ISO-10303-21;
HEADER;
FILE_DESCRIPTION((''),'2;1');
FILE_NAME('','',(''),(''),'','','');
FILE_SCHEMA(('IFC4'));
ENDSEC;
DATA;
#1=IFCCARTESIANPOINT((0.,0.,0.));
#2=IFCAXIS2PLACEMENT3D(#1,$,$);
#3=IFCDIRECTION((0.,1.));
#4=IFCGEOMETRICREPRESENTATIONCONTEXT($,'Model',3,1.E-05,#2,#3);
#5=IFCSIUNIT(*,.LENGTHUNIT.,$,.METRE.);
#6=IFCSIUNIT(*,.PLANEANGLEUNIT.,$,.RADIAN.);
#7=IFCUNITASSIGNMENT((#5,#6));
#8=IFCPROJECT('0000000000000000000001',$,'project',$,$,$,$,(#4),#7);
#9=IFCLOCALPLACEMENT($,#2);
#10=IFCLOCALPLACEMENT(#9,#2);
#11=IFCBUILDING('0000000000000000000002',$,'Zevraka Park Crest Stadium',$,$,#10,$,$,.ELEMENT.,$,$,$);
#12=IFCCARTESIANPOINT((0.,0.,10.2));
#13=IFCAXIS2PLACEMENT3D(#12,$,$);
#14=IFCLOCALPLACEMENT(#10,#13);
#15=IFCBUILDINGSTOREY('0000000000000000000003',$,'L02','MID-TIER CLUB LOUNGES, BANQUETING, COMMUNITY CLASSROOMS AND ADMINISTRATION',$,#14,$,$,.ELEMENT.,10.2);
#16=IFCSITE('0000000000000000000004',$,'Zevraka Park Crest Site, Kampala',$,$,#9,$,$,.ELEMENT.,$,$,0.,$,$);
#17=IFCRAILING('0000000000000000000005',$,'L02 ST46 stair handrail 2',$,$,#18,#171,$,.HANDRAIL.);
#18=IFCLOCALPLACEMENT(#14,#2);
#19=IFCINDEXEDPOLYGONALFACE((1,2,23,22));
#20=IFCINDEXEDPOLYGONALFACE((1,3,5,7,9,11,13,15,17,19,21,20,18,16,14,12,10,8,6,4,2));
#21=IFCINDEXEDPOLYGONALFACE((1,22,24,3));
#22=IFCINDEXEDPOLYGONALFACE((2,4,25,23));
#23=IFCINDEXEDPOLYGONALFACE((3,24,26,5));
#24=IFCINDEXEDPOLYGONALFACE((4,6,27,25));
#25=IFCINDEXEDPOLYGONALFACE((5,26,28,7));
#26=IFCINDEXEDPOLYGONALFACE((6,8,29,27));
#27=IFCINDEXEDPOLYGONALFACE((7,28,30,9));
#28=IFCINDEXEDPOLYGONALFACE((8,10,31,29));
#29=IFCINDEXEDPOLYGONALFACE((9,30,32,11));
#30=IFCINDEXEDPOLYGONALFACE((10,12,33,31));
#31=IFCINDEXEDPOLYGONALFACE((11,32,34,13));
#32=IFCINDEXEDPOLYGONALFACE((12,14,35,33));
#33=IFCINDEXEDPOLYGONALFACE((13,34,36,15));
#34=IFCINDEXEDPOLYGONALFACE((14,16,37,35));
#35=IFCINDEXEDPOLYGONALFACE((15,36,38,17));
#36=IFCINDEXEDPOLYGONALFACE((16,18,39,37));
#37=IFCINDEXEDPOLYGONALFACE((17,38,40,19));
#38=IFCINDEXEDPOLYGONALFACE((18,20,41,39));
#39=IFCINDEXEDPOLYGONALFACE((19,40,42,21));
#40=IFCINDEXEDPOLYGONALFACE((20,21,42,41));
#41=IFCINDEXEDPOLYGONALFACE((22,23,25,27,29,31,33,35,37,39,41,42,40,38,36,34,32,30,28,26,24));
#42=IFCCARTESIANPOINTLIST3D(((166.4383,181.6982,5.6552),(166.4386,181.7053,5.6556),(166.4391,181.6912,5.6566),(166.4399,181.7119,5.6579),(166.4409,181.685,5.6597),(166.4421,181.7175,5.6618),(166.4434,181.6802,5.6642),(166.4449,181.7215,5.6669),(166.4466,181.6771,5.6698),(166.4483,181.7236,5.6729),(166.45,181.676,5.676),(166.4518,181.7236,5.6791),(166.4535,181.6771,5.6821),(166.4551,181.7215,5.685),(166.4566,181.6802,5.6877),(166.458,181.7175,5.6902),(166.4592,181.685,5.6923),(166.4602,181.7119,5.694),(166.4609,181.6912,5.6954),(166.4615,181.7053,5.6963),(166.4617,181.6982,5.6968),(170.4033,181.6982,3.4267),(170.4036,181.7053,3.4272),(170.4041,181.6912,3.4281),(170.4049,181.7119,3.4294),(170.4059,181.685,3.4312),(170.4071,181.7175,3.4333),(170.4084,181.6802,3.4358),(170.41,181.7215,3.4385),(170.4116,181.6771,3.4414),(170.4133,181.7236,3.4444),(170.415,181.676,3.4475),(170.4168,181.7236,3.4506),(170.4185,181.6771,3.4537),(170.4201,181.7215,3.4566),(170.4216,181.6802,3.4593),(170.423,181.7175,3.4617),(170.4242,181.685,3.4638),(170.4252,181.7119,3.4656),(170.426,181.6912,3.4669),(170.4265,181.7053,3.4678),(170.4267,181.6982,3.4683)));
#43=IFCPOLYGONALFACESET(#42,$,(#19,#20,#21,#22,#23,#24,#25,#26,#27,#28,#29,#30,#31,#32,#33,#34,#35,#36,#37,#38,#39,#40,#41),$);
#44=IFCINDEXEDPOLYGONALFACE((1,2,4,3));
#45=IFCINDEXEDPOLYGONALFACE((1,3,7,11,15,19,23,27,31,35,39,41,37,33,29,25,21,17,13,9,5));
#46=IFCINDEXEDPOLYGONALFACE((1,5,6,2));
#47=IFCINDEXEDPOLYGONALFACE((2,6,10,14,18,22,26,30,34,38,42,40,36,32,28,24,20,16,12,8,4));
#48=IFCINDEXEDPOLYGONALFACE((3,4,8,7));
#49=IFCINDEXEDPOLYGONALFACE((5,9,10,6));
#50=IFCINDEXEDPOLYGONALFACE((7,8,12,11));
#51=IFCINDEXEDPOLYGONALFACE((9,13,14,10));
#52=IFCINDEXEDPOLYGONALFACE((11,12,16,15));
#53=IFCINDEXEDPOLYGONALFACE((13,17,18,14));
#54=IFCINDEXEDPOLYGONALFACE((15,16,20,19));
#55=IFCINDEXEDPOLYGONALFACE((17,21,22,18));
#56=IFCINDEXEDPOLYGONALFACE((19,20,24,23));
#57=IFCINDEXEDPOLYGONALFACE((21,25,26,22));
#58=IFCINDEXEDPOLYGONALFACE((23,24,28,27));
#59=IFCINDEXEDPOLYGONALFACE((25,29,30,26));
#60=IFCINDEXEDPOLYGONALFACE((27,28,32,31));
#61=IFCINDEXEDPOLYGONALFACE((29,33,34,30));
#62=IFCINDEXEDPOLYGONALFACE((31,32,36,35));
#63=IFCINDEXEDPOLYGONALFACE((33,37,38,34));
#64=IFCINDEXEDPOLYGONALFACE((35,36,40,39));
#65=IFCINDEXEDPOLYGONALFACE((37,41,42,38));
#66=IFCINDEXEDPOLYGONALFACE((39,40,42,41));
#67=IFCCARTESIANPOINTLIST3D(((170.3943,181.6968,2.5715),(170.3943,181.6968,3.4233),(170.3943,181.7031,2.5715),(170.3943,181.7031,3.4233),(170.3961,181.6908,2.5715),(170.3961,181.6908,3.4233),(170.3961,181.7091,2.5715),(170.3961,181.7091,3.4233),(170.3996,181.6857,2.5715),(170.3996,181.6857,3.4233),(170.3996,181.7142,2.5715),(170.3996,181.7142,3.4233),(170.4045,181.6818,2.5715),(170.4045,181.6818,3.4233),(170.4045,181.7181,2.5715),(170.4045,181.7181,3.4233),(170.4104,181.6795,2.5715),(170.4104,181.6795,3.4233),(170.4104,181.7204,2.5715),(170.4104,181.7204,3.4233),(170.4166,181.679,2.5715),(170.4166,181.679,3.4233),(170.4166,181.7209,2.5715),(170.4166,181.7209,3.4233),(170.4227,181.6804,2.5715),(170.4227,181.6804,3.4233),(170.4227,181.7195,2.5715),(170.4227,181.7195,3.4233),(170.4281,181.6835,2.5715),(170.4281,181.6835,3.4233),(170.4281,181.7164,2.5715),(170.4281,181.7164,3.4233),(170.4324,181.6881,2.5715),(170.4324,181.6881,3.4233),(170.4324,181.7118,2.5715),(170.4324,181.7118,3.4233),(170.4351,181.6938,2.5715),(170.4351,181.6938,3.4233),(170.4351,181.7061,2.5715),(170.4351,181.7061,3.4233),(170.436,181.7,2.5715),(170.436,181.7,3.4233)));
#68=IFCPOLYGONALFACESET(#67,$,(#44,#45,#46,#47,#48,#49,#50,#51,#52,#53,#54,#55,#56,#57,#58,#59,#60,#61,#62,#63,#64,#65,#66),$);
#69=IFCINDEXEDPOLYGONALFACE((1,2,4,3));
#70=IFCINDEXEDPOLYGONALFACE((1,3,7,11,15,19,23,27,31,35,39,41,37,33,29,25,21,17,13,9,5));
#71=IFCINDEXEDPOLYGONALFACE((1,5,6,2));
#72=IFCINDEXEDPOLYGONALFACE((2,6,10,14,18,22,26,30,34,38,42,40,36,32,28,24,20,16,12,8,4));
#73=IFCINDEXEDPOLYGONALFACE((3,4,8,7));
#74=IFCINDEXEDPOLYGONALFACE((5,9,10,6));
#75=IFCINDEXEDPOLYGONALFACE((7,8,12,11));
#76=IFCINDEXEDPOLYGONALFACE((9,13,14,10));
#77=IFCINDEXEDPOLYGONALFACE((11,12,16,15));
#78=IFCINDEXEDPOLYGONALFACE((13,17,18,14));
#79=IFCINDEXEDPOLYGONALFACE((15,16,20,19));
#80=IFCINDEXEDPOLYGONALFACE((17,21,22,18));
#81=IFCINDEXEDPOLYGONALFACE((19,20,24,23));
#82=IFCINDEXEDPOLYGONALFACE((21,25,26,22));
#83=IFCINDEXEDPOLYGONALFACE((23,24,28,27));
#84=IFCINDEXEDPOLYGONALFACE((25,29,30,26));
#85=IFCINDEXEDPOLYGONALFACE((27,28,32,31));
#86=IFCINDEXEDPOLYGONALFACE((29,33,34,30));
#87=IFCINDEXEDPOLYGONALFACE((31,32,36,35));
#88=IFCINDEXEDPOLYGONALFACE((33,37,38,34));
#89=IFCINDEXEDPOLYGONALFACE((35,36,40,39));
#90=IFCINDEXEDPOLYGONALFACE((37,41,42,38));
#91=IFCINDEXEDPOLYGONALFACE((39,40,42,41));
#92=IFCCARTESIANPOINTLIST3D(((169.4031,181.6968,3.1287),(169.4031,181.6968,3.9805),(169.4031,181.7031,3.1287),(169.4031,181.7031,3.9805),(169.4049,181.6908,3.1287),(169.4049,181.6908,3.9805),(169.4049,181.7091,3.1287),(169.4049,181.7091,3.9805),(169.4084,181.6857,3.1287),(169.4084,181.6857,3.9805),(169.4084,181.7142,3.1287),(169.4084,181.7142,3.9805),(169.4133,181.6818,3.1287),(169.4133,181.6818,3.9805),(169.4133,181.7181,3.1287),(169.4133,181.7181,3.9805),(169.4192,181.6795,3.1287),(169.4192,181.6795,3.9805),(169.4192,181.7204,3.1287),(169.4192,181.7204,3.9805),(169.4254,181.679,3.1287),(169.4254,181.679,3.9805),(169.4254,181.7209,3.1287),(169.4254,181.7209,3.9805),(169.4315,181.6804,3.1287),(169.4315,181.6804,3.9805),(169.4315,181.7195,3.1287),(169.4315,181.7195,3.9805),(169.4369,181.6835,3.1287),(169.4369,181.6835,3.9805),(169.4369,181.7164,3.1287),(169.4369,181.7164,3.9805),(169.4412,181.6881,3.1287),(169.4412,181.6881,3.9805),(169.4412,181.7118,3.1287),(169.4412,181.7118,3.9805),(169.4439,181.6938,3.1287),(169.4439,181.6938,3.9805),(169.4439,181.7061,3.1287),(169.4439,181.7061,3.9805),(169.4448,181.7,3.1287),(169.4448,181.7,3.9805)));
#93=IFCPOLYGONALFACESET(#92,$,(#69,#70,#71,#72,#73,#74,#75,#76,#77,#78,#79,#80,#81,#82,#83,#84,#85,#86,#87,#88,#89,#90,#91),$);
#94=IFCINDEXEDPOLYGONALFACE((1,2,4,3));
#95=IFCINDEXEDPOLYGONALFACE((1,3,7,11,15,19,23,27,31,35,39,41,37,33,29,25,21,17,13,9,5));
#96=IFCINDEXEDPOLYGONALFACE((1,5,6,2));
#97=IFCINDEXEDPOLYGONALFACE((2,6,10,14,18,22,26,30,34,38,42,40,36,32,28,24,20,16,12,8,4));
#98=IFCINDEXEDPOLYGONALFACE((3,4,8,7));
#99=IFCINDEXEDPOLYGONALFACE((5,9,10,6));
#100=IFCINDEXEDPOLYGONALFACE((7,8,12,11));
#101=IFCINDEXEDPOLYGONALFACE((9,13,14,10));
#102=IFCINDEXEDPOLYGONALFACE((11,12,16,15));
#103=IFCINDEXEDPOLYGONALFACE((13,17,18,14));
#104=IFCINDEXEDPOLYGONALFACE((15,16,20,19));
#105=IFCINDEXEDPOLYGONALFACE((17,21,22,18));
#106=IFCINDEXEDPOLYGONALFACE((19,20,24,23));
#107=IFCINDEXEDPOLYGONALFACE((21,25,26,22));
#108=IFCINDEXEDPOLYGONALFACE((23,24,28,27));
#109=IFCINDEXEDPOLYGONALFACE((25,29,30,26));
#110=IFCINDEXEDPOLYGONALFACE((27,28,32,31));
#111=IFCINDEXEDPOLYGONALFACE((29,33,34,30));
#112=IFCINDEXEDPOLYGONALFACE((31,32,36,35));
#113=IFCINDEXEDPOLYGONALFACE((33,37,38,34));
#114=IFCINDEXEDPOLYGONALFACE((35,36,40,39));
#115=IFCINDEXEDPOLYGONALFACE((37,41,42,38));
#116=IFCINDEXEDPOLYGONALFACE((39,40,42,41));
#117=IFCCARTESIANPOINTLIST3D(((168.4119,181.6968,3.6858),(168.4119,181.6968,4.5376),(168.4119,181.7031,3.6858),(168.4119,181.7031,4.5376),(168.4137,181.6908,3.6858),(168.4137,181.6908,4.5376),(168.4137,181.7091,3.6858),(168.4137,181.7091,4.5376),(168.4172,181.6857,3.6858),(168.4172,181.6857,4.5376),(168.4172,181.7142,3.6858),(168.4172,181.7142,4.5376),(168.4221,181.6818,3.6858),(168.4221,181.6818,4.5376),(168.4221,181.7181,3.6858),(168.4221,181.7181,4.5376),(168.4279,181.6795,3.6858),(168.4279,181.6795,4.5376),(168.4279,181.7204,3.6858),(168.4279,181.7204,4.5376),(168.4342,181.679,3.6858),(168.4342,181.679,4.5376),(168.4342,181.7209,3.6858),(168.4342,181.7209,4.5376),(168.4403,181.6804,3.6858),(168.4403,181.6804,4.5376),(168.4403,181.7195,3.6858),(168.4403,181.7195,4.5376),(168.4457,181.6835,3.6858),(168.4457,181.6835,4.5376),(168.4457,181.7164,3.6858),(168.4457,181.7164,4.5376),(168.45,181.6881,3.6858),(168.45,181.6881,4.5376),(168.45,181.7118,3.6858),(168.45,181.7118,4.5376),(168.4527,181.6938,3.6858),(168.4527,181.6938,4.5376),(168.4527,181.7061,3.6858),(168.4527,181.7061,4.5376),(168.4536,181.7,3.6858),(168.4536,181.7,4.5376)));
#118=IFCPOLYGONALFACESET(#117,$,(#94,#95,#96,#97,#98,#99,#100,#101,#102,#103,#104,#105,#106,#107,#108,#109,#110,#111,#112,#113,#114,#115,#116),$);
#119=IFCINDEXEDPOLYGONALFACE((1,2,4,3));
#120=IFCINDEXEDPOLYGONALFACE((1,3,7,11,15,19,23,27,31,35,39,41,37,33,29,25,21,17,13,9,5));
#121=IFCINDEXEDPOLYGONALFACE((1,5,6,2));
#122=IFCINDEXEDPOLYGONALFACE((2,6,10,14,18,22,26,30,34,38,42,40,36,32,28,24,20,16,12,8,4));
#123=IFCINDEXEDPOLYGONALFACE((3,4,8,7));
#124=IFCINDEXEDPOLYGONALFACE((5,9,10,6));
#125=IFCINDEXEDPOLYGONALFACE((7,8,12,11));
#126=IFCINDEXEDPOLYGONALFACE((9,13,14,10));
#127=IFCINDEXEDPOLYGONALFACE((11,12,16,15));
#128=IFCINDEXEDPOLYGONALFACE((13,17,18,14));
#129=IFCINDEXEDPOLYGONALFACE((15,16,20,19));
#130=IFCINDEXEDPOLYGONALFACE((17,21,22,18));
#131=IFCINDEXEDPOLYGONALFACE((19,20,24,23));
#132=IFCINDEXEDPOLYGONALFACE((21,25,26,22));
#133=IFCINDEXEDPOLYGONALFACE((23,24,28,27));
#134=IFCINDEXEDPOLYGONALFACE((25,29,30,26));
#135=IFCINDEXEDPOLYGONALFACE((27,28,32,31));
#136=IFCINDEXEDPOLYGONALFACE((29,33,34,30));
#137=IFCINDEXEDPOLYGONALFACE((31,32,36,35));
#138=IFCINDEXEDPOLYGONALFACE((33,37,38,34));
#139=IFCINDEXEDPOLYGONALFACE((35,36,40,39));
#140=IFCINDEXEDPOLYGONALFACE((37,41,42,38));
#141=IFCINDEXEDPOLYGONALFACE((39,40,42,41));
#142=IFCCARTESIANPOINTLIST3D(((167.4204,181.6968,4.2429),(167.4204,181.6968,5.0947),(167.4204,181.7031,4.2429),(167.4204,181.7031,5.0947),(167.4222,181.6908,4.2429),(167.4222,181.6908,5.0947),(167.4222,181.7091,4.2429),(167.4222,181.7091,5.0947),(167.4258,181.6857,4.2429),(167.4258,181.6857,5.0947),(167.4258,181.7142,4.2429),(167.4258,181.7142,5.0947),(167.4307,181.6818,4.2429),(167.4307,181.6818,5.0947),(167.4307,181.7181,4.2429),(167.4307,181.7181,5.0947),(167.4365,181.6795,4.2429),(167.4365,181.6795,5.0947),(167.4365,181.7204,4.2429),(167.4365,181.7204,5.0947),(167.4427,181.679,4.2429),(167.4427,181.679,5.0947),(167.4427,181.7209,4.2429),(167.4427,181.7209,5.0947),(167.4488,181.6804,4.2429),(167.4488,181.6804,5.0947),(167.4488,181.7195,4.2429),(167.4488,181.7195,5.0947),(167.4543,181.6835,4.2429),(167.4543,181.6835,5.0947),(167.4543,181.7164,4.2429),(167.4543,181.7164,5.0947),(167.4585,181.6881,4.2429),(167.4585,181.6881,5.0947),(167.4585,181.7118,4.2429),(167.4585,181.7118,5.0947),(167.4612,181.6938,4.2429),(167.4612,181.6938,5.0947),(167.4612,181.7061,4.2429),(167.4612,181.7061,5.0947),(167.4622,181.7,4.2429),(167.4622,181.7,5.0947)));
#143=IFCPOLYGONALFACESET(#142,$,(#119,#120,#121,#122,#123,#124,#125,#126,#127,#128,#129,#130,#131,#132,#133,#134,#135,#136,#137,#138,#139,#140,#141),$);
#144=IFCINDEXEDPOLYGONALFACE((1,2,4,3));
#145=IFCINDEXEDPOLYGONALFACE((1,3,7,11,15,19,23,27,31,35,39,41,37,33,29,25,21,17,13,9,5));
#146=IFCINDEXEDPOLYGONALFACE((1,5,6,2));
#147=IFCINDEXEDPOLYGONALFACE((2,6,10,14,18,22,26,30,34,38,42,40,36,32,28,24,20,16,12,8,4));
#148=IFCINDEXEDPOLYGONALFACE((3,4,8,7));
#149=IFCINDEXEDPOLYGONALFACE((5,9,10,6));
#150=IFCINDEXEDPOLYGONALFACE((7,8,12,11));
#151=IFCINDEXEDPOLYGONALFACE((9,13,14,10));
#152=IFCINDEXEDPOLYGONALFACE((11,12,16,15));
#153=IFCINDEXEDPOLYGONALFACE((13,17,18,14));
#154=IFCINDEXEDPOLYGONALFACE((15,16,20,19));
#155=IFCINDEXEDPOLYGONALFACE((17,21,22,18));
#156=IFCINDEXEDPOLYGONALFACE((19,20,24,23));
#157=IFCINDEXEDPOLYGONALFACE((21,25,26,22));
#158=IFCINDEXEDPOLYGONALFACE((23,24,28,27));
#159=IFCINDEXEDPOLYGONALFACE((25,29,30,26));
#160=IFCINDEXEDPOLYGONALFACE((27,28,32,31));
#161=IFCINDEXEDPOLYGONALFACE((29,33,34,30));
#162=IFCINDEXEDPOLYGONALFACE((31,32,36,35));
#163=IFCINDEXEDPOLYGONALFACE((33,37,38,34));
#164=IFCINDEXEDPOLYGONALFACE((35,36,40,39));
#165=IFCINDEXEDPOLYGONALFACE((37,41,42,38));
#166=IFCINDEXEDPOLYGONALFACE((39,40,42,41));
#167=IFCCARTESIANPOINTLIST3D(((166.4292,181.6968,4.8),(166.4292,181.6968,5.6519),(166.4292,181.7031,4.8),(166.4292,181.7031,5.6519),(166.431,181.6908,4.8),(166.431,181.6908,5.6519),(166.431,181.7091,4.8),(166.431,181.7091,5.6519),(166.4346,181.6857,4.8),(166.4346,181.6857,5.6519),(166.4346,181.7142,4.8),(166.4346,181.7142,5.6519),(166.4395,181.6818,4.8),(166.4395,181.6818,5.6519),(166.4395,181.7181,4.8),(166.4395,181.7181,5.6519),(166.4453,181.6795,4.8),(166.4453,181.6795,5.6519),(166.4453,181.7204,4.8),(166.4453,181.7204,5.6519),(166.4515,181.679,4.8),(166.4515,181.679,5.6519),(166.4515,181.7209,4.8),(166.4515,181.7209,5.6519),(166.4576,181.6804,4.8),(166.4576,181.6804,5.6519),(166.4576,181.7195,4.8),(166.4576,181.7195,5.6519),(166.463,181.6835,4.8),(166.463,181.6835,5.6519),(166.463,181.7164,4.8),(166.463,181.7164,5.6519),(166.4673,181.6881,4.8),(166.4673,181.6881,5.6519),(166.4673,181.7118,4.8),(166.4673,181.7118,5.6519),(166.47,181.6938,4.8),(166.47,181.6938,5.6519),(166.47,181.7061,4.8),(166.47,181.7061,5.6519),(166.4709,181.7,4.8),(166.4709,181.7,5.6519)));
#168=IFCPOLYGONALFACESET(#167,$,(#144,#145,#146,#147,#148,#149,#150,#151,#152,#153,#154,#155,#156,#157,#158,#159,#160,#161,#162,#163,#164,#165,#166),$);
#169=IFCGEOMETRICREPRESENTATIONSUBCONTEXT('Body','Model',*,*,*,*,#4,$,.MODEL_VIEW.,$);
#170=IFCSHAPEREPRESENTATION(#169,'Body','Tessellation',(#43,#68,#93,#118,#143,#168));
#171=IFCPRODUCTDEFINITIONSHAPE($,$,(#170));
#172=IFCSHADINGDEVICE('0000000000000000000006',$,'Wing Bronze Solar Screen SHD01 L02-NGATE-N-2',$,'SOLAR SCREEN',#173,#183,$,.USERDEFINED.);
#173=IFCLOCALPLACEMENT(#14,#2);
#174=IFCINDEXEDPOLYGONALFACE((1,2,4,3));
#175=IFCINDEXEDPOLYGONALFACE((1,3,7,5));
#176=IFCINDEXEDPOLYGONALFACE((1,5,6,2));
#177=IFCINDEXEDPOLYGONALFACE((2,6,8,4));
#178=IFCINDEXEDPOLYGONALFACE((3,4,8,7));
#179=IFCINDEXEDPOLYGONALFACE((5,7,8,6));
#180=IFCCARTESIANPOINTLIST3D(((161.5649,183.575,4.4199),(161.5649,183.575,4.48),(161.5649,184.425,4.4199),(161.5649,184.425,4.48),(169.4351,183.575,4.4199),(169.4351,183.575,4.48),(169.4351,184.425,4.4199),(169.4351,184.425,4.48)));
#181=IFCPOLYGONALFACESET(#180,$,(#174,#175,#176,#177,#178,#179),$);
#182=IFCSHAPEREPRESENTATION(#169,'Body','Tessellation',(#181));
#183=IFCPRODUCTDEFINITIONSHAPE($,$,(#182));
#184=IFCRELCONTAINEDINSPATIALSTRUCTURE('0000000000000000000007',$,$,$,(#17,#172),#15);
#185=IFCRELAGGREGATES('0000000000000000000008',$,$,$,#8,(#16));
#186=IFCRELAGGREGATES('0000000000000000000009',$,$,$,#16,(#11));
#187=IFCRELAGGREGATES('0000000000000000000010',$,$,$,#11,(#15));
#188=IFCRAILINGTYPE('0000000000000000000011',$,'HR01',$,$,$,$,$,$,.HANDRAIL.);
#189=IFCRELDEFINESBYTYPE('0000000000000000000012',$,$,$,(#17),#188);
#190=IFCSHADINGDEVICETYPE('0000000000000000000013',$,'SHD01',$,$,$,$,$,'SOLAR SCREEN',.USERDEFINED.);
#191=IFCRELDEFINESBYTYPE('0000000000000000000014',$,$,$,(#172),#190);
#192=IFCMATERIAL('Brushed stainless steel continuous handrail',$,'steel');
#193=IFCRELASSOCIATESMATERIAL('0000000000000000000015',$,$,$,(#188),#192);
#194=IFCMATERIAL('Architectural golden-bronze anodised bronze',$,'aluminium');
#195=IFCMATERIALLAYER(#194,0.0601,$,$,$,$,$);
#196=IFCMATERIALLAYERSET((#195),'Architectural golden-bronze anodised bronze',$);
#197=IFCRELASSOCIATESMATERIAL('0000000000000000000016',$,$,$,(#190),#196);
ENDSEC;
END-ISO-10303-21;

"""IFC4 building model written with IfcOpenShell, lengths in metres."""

from ifc_helpers import new_model, si_unit, direction, frame, origin, origin_2d, place, context, subcontext, project, spatial, rectangle, circle, extrude, material, layer, layer_set, type_object, element, save


model = new_model("IFC4")

# Units and contexts
model_context = context("Model", 3, precision=1e-05, world=origin(), true_north=direction((0.0, 1.0)))
body_context = subcontext(model_context, "Body", "Model", "MODEL_VIEW")
ifc_project = project(units=[si_unit("LENGTHUNIT", "METRE"), si_unit("PLANEANGLEUNIT", "RADIAN")], contexts=[model_context])

# Site, building, storey
site_placement = place(None, origin())
site = spatial("IfcSite", under=ifc_project, at=site_placement, Name="Zevraka Park Crest Site, Kampala", CompositionType="ELEMENT", RefElevation=0.0)
building_placement = place(site_placement, origin())
building = spatial("IfcBuilding", under=site, at=building_placement, Name="Zevraka Park Crest Stadium", CompositionType="ELEMENT")
storey_placement = place(building_placement, frame((0.0, 0.0, 10.2)))
storey = spatial("IfcBuildingStorey", under=building, at=storey_placement, Name="L02", Description="MID-TIER CLUB LOUNGES, BANQUETING, COMMUNITY CLASSROOMS AND ADMINISTRATION", CompositionType="ELEMENT", Elevation=10.2)

# Railing
ifc_material_1 = material(Name="Brushed stainless steel continuous handrail", Category="steel")
railing_type = type_object("IfcRailingType", Name="HR01", PredefinedType="HANDRAIL", material=ifc_material_1)
railing_placement = place(storey_placement, frame((170.415, 181.7, 2.5715)))
element("IfcRailing", 1, at=railing_placement, inside=storey, type_object=railing_type, Name="L02 ST46 stair handrail 2", PredefinedType="HANDRAIL", context=body_context, shape_type="SweptSolid", body=[
    extrude(circle(Radius=0.0239, at=origin_2d()), frame((0.0, 0.0, 0.876), z_axis=(-0.871749, 0.0, 0.489953), x_axis=(0.0, -1.0, 0.0)), (0.0, 0.0, 1.0), 4.5483),
    extrude(circle(Radius=0.021, at=origin_2d()), origin(), (0.0, 0.0, 1.0), 0.8518),
    extrude(circle(Radius=0.021, at=origin_2d()), frame((-0.9912, 0.0, 0.5571)), (0.0, 0.0, 1.0), 0.8518),
    extrude(circle(Radius=0.021, at=origin_2d()), frame((-1.9824, 0.0, 1.1143)), (0.0, 0.0, 1.0), 0.8518),
    extrude(circle(Radius=0.021, at=origin_2d()), frame((-2.9739, 0.0, 1.6714)), (0.0, 0.0, 1.0), 0.8518),
    extrude(circle(Radius=0.021, at=origin_2d()), frame((-3.9651, 0.0, 2.2285)), (0.0, 0.0, 1.0), 0.8518),
])

# Shading device
ifc_material_2 = material(Name="Architectural golden-bronze anodised bronze", Category="aluminium")
ifc_layer_1 = layer(ifc_material_2, 0.0601)
ifc_layer_set_1 = layer_set([ifc_layer_1], Name="Architectural golden-bronze anodised bronze")
shading_device_type = type_object("IfcShadingDeviceType", Name="SHD01", ElementType="SOLAR SCREEN", PredefinedType="USERDEFINED", material=ifc_layer_set_1)
shading_device_placement = place(storey_placement, frame((165.5, 184.0, 4.4199), z_axis=(0.0, 0.0, 1.0), x_axis=(1.0, 0.0, 0.0)))
element("IfcShadingDevice", 2, at=shading_device_placement, inside=storey, type_object=shading_device_type, Name="Wing Bronze Solar Screen SHD01 L02-NGATE-N-2", ObjectType="SOLAR SCREEN", PredefinedType="USERDEFINED", context=body_context, shape_type="SweptSolid", body=[
    extrude(rectangle(XDim=7.8701, YDim=0.8501, at=origin_2d()), origin(), (0.0, 0.0, 1.0), 0.0601),
])

save(model, "model.ifc")
